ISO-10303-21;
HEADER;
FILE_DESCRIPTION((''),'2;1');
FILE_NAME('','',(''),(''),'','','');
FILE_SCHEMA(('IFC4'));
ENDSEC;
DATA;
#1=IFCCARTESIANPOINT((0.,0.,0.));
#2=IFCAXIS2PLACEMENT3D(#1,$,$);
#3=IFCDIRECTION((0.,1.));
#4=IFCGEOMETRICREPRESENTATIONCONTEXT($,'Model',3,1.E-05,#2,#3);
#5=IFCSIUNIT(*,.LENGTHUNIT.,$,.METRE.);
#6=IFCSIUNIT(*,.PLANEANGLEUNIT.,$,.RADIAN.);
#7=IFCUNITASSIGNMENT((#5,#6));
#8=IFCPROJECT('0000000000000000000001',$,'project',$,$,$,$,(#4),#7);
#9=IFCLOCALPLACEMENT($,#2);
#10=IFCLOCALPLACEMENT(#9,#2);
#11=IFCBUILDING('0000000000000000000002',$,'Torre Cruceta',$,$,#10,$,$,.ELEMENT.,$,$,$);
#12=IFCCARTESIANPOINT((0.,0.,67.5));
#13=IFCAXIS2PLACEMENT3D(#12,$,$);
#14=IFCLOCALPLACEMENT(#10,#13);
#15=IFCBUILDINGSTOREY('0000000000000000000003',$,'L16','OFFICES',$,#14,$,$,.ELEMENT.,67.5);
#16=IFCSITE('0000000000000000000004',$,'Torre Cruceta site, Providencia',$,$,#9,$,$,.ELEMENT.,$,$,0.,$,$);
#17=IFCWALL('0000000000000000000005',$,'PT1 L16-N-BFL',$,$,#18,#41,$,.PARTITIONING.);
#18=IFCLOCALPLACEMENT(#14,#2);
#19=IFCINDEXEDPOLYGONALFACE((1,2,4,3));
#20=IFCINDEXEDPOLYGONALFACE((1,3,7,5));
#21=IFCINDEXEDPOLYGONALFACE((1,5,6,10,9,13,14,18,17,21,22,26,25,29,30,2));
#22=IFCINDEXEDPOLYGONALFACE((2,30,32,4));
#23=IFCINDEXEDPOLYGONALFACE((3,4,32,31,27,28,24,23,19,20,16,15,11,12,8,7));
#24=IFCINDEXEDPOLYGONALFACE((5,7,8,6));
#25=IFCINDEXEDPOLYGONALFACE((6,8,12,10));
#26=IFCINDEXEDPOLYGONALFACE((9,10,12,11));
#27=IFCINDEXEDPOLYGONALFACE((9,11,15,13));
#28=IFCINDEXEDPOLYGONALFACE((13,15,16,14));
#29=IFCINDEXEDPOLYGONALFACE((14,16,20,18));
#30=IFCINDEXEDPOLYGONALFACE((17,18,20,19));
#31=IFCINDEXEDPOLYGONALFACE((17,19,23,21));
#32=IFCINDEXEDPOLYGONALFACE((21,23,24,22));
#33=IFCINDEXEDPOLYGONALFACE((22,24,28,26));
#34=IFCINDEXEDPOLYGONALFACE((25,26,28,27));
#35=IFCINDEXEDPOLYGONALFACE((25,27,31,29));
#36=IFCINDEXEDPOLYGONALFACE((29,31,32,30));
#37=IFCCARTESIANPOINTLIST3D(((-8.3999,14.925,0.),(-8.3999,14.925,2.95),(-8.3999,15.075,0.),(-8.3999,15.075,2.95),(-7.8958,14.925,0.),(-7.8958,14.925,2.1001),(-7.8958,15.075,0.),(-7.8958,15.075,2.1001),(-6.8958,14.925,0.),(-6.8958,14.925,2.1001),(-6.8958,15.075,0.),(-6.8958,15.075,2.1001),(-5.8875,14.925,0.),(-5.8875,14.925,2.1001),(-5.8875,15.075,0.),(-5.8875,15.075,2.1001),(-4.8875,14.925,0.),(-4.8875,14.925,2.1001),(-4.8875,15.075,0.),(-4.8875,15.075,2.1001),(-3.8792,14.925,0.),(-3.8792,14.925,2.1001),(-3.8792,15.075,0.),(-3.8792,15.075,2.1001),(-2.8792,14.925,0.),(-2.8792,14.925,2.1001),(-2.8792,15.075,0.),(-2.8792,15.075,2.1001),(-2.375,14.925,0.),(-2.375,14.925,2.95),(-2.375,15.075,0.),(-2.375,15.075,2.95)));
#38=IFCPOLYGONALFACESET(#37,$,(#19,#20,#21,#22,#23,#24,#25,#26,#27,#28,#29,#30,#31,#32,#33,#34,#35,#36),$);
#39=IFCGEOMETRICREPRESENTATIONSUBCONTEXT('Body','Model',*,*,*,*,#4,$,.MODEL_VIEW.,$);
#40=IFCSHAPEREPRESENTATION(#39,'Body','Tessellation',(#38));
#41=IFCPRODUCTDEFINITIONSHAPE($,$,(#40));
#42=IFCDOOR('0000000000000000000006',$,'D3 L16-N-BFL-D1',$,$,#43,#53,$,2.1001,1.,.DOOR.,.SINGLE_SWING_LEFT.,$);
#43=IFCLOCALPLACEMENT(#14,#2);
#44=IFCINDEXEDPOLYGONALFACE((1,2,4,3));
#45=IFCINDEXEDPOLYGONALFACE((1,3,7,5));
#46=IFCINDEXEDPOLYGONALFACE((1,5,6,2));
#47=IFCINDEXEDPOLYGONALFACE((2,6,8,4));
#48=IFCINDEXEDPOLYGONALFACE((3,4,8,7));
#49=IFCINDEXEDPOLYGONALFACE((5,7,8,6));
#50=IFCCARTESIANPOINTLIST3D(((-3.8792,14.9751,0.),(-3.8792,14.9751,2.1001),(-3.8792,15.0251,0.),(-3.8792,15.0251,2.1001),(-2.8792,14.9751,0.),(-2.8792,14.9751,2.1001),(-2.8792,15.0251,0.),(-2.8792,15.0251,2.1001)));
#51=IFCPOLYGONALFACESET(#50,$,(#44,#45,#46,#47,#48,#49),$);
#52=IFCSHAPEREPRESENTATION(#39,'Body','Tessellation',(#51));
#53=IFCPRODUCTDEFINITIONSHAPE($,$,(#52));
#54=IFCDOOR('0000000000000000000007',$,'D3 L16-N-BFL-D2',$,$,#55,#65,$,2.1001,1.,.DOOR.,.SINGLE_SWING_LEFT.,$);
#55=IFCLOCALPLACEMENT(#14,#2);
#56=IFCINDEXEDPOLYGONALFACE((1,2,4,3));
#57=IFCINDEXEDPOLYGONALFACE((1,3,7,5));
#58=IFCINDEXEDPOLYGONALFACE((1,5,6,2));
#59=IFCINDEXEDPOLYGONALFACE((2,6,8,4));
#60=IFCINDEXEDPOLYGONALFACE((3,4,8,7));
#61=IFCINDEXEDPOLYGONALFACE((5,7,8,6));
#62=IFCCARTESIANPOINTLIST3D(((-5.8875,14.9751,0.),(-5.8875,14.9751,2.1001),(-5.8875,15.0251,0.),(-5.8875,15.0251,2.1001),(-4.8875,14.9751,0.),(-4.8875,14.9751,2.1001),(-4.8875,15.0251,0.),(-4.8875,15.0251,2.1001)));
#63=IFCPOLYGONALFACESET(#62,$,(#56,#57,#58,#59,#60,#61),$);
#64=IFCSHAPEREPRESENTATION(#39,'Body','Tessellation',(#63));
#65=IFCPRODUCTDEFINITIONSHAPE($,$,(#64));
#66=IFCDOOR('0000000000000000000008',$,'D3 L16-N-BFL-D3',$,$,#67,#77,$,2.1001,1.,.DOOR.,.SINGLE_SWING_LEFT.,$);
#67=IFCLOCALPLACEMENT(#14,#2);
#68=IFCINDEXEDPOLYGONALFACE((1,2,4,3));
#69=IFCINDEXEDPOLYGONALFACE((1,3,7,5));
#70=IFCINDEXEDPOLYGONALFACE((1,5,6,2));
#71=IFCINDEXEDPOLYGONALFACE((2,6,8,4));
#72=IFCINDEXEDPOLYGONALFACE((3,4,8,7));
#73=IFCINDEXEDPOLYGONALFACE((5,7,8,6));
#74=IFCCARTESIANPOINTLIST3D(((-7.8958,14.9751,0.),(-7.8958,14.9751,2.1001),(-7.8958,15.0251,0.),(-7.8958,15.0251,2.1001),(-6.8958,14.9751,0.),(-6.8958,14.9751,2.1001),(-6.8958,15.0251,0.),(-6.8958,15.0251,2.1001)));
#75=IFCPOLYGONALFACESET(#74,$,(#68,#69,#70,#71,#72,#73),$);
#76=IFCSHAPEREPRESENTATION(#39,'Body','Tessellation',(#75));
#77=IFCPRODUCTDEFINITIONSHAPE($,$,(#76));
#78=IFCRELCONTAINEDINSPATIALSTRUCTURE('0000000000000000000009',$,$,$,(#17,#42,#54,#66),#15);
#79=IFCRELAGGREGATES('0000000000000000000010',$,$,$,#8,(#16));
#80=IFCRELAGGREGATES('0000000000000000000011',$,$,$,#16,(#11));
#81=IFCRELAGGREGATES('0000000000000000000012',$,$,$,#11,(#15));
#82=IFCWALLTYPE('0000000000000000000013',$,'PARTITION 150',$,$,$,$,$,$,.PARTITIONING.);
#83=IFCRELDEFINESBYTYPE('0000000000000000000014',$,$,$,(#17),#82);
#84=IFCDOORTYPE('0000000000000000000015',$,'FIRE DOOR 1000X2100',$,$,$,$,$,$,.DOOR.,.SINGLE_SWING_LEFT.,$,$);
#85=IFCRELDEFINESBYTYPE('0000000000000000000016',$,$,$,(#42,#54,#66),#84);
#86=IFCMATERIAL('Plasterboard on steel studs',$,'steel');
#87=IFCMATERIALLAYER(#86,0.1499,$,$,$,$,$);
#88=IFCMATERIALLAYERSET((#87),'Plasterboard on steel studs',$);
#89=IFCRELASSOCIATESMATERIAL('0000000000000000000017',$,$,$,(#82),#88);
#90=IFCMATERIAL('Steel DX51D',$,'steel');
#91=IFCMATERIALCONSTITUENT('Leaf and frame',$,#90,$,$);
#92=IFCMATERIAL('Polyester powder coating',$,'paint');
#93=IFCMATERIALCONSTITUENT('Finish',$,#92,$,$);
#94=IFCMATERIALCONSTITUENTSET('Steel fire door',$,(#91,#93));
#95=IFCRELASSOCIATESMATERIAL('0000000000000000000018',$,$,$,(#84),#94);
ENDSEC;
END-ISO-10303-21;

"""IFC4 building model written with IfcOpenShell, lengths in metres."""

from ifc_helpers import new_model, si_unit, direction, frame, frame_2d, origin, place, context, subcontext, project, spatial, rectangle, extrude, material, layer, layer_set, constituent, constituent_set, type_object, element, fill, save


model = new_model("IFC4")

# Units and contexts
model_context = context("Model", 3, precision=1e-05, world=origin(), true_north=direction((0.0, 1.0)))
body_context = subcontext(model_context, "Body", "Model", "MODEL_VIEW")
ifc_project = project(units=[si_unit("LENGTHUNIT", "METRE"), si_unit("PLANEANGLEUNIT", "RADIAN")], contexts=[model_context])

# Site, building, storey
site_placement = place(None, origin())
site = spatial("IfcSite", under=ifc_project, at=site_placement, Name="Torre Cruceta site, Providencia", CompositionType="ELEMENT", RefElevation=0.0)
building_placement = place(site_placement, origin())
building = spatial("IfcBuilding", under=site, at=building_placement, Name="Torre Cruceta", CompositionType="ELEMENT")
storey_placement = place(building_placement, frame((0.0, 0.0, 67.5)))
storey = spatial("IfcBuildingStorey", under=building, at=storey_placement, Name="L16", Description="OFFICES", CompositionType="ELEMENT", Elevation=67.5)

# Wall, openings, doors
ifc_material_1 = material(Name="Plasterboard on steel studs", Category="steel")
ifc_layer_1 = layer(ifc_material_1, 0.1499)
ifc_layer_set_1 = layer_set([ifc_layer_1], Name="Plasterboard on steel studs")
wall_type_1 = type_object("IfcWallType", Name="PARTITION 150", PredefinedType="PARTITIONING", material=ifc_layer_set_1)
wall_1_placement = place(storey_placement, frame((-2.375, 15.0, 0.0), z_axis=(0.0, 0.0, 1.0), x_axis=(-1.0, 0.0, 0.0)))
wall_1 = element("IfcWall", 1, at=wall_1_placement, inside=storey, type_object=wall_type_1, Name="PT1 L16-N-BFL", PredefinedType="PARTITIONING", context=body_context, shape_type="SweptSolid", body=[
    extrude(rectangle(XDim=6.0249, YDim=0.1499, at=frame_2d((3.0125, 0.0))), origin(), (0.0, 0.0, 1.0), 2.95),
])
opening_1_placement = place(wall_1_placement, frame((0.5042, 0.0, 0.0)))
opening_1 = element("IfcOpeningElement", 2, at=opening_1_placement, cuts=wall_1, PredefinedType="OPENING", context=body_context, shape_type="SweptSolid", body=[
    extrude(rectangle(XDim=1.0, YDim=2.1001, at=frame_2d((0.5, 1.05))), frame((0.0, 0.085, 0.0), z_axis=(0.0, -1.0, 0.0), x_axis=(1.0, 0.0, 0.0)), (0.0, 0.0, 1.0), 0.1699),
])
opening_2_placement = place(wall_1_placement, frame((2.5125, 0.0, 0.0)))
opening_2 = element("IfcOpeningElement", 3, at=opening_2_placement, cuts=wall_1, PredefinedType="OPENING", context=body_context, shape_type="SweptSolid", body=[
    extrude(rectangle(XDim=1.0, YDim=2.1001, at=frame_2d((0.5, 1.05))), frame((0.0, 0.085, 0.0), z_axis=(0.0, -1.0, 0.0), x_axis=(1.0, 0.0, 0.0)), (0.0, 0.0, 1.0), 0.1699),
])
opening_3_placement = place(wall_1_placement, frame((4.5208, 0.0, 0.0)))
opening_3 = element("IfcOpeningElement", 4, at=opening_3_placement, cuts=wall_1, PredefinedType="OPENING", context=body_context, shape_type="SweptSolid", body=[
    extrude(rectangle(XDim=1.0, YDim=2.1001, at=frame_2d((0.5, 1.05))), frame((0.0, 0.085, 0.0), z_axis=(0.0, -1.0, 0.0), x_axis=(1.0, 0.0, 0.0)), (0.0, 0.0, 1.0), 0.1699),
])
ifc_material_2 = material(Name="Steel DX51D", Category="steel")
ifc_constituent_1 = constituent(ifc_material_2, Name="Leaf and frame")
ifc_material_3 = material(Name="Polyester powder coating", Category="paint")
ifc_constituent_2 = constituent(ifc_material_3, Name="Finish")
ifc_constituent_set_1 = constituent_set(constituents=[ifc_constituent_1, ifc_constituent_2], Name="Steel fire door")
door_type = type_object("IfcDoorType", Name="FIRE DOOR 1000X2100", OperationType="SINGLE_SWING_LEFT", PredefinedType="DOOR", material=ifc_constituent_set_1)
door_1_placement = place(opening_1_placement, origin())
door_1 = element("IfcDoor", 5, at=door_1_placement, inside=storey, type_object=door_type, Name="D3 L16-N-BFL-D1", OperationType="SINGLE_SWING_LEFT", OverallHeight=2.1001, OverallWidth=1.0, PredefinedType="DOOR", context=body_context, shape_type="SweptSolid", body=[
    extrude(rectangle(XDim=1.0, YDim=2.1001, at=frame_2d((0.5, 1.05))), frame((0.0, 0.0249, 0.0), z_axis=(0.0, -1.0, 0.0), x_axis=(1.0, 0.0, 0.0)), (0.0, 0.0, 1.0), 0.05),
])
fill(opening_1, door_1)
door_2_placement = place(opening_2_placement, origin())
door_2 = element("IfcDoor", 6, at=door_2_placement, inside=storey, type_object=door_type, Name="D3 L16-N-BFL-D2", OperationType="SINGLE_SWING_LEFT", OverallHeight=2.1001, OverallWidth=1.0, PredefinedType="DOOR", context=body_context, shape_type="SweptSolid", body=[
    extrude(rectangle(XDim=1.0, YDim=2.1001, at=frame_2d((0.5, 1.05))), frame((0.0, 0.0249, 0.0), z_axis=(0.0, -1.0, 0.0), x_axis=(1.0, 0.0, 0.0)), (0.0, 0.0, 1.0), 0.05),
])
fill(opening_2, door_2)
door_3_placement = place(opening_3_placement, origin())
door_3 = element("IfcDoor", 7, at=door_3_placement, inside=storey, type_object=door_type, Name="D3 L16-N-BFL-D3", OperationType="SINGLE_SWING_LEFT", OverallHeight=2.1001, OverallWidth=1.0, PredefinedType="DOOR", context=body_context, shape_type="SweptSolid", body=[
    extrude(rectangle(XDim=1.0, YDim=2.1001, at=frame_2d((0.5, 1.05))), frame((0.0, 0.0249, 0.0), z_axis=(0.0, -1.0, 0.0), x_axis=(1.0, 0.0, 0.0)), (0.0, 0.0, 1.0), 0.05),
])
fill(opening_3, door_3)

save(model, "model.ifc")
